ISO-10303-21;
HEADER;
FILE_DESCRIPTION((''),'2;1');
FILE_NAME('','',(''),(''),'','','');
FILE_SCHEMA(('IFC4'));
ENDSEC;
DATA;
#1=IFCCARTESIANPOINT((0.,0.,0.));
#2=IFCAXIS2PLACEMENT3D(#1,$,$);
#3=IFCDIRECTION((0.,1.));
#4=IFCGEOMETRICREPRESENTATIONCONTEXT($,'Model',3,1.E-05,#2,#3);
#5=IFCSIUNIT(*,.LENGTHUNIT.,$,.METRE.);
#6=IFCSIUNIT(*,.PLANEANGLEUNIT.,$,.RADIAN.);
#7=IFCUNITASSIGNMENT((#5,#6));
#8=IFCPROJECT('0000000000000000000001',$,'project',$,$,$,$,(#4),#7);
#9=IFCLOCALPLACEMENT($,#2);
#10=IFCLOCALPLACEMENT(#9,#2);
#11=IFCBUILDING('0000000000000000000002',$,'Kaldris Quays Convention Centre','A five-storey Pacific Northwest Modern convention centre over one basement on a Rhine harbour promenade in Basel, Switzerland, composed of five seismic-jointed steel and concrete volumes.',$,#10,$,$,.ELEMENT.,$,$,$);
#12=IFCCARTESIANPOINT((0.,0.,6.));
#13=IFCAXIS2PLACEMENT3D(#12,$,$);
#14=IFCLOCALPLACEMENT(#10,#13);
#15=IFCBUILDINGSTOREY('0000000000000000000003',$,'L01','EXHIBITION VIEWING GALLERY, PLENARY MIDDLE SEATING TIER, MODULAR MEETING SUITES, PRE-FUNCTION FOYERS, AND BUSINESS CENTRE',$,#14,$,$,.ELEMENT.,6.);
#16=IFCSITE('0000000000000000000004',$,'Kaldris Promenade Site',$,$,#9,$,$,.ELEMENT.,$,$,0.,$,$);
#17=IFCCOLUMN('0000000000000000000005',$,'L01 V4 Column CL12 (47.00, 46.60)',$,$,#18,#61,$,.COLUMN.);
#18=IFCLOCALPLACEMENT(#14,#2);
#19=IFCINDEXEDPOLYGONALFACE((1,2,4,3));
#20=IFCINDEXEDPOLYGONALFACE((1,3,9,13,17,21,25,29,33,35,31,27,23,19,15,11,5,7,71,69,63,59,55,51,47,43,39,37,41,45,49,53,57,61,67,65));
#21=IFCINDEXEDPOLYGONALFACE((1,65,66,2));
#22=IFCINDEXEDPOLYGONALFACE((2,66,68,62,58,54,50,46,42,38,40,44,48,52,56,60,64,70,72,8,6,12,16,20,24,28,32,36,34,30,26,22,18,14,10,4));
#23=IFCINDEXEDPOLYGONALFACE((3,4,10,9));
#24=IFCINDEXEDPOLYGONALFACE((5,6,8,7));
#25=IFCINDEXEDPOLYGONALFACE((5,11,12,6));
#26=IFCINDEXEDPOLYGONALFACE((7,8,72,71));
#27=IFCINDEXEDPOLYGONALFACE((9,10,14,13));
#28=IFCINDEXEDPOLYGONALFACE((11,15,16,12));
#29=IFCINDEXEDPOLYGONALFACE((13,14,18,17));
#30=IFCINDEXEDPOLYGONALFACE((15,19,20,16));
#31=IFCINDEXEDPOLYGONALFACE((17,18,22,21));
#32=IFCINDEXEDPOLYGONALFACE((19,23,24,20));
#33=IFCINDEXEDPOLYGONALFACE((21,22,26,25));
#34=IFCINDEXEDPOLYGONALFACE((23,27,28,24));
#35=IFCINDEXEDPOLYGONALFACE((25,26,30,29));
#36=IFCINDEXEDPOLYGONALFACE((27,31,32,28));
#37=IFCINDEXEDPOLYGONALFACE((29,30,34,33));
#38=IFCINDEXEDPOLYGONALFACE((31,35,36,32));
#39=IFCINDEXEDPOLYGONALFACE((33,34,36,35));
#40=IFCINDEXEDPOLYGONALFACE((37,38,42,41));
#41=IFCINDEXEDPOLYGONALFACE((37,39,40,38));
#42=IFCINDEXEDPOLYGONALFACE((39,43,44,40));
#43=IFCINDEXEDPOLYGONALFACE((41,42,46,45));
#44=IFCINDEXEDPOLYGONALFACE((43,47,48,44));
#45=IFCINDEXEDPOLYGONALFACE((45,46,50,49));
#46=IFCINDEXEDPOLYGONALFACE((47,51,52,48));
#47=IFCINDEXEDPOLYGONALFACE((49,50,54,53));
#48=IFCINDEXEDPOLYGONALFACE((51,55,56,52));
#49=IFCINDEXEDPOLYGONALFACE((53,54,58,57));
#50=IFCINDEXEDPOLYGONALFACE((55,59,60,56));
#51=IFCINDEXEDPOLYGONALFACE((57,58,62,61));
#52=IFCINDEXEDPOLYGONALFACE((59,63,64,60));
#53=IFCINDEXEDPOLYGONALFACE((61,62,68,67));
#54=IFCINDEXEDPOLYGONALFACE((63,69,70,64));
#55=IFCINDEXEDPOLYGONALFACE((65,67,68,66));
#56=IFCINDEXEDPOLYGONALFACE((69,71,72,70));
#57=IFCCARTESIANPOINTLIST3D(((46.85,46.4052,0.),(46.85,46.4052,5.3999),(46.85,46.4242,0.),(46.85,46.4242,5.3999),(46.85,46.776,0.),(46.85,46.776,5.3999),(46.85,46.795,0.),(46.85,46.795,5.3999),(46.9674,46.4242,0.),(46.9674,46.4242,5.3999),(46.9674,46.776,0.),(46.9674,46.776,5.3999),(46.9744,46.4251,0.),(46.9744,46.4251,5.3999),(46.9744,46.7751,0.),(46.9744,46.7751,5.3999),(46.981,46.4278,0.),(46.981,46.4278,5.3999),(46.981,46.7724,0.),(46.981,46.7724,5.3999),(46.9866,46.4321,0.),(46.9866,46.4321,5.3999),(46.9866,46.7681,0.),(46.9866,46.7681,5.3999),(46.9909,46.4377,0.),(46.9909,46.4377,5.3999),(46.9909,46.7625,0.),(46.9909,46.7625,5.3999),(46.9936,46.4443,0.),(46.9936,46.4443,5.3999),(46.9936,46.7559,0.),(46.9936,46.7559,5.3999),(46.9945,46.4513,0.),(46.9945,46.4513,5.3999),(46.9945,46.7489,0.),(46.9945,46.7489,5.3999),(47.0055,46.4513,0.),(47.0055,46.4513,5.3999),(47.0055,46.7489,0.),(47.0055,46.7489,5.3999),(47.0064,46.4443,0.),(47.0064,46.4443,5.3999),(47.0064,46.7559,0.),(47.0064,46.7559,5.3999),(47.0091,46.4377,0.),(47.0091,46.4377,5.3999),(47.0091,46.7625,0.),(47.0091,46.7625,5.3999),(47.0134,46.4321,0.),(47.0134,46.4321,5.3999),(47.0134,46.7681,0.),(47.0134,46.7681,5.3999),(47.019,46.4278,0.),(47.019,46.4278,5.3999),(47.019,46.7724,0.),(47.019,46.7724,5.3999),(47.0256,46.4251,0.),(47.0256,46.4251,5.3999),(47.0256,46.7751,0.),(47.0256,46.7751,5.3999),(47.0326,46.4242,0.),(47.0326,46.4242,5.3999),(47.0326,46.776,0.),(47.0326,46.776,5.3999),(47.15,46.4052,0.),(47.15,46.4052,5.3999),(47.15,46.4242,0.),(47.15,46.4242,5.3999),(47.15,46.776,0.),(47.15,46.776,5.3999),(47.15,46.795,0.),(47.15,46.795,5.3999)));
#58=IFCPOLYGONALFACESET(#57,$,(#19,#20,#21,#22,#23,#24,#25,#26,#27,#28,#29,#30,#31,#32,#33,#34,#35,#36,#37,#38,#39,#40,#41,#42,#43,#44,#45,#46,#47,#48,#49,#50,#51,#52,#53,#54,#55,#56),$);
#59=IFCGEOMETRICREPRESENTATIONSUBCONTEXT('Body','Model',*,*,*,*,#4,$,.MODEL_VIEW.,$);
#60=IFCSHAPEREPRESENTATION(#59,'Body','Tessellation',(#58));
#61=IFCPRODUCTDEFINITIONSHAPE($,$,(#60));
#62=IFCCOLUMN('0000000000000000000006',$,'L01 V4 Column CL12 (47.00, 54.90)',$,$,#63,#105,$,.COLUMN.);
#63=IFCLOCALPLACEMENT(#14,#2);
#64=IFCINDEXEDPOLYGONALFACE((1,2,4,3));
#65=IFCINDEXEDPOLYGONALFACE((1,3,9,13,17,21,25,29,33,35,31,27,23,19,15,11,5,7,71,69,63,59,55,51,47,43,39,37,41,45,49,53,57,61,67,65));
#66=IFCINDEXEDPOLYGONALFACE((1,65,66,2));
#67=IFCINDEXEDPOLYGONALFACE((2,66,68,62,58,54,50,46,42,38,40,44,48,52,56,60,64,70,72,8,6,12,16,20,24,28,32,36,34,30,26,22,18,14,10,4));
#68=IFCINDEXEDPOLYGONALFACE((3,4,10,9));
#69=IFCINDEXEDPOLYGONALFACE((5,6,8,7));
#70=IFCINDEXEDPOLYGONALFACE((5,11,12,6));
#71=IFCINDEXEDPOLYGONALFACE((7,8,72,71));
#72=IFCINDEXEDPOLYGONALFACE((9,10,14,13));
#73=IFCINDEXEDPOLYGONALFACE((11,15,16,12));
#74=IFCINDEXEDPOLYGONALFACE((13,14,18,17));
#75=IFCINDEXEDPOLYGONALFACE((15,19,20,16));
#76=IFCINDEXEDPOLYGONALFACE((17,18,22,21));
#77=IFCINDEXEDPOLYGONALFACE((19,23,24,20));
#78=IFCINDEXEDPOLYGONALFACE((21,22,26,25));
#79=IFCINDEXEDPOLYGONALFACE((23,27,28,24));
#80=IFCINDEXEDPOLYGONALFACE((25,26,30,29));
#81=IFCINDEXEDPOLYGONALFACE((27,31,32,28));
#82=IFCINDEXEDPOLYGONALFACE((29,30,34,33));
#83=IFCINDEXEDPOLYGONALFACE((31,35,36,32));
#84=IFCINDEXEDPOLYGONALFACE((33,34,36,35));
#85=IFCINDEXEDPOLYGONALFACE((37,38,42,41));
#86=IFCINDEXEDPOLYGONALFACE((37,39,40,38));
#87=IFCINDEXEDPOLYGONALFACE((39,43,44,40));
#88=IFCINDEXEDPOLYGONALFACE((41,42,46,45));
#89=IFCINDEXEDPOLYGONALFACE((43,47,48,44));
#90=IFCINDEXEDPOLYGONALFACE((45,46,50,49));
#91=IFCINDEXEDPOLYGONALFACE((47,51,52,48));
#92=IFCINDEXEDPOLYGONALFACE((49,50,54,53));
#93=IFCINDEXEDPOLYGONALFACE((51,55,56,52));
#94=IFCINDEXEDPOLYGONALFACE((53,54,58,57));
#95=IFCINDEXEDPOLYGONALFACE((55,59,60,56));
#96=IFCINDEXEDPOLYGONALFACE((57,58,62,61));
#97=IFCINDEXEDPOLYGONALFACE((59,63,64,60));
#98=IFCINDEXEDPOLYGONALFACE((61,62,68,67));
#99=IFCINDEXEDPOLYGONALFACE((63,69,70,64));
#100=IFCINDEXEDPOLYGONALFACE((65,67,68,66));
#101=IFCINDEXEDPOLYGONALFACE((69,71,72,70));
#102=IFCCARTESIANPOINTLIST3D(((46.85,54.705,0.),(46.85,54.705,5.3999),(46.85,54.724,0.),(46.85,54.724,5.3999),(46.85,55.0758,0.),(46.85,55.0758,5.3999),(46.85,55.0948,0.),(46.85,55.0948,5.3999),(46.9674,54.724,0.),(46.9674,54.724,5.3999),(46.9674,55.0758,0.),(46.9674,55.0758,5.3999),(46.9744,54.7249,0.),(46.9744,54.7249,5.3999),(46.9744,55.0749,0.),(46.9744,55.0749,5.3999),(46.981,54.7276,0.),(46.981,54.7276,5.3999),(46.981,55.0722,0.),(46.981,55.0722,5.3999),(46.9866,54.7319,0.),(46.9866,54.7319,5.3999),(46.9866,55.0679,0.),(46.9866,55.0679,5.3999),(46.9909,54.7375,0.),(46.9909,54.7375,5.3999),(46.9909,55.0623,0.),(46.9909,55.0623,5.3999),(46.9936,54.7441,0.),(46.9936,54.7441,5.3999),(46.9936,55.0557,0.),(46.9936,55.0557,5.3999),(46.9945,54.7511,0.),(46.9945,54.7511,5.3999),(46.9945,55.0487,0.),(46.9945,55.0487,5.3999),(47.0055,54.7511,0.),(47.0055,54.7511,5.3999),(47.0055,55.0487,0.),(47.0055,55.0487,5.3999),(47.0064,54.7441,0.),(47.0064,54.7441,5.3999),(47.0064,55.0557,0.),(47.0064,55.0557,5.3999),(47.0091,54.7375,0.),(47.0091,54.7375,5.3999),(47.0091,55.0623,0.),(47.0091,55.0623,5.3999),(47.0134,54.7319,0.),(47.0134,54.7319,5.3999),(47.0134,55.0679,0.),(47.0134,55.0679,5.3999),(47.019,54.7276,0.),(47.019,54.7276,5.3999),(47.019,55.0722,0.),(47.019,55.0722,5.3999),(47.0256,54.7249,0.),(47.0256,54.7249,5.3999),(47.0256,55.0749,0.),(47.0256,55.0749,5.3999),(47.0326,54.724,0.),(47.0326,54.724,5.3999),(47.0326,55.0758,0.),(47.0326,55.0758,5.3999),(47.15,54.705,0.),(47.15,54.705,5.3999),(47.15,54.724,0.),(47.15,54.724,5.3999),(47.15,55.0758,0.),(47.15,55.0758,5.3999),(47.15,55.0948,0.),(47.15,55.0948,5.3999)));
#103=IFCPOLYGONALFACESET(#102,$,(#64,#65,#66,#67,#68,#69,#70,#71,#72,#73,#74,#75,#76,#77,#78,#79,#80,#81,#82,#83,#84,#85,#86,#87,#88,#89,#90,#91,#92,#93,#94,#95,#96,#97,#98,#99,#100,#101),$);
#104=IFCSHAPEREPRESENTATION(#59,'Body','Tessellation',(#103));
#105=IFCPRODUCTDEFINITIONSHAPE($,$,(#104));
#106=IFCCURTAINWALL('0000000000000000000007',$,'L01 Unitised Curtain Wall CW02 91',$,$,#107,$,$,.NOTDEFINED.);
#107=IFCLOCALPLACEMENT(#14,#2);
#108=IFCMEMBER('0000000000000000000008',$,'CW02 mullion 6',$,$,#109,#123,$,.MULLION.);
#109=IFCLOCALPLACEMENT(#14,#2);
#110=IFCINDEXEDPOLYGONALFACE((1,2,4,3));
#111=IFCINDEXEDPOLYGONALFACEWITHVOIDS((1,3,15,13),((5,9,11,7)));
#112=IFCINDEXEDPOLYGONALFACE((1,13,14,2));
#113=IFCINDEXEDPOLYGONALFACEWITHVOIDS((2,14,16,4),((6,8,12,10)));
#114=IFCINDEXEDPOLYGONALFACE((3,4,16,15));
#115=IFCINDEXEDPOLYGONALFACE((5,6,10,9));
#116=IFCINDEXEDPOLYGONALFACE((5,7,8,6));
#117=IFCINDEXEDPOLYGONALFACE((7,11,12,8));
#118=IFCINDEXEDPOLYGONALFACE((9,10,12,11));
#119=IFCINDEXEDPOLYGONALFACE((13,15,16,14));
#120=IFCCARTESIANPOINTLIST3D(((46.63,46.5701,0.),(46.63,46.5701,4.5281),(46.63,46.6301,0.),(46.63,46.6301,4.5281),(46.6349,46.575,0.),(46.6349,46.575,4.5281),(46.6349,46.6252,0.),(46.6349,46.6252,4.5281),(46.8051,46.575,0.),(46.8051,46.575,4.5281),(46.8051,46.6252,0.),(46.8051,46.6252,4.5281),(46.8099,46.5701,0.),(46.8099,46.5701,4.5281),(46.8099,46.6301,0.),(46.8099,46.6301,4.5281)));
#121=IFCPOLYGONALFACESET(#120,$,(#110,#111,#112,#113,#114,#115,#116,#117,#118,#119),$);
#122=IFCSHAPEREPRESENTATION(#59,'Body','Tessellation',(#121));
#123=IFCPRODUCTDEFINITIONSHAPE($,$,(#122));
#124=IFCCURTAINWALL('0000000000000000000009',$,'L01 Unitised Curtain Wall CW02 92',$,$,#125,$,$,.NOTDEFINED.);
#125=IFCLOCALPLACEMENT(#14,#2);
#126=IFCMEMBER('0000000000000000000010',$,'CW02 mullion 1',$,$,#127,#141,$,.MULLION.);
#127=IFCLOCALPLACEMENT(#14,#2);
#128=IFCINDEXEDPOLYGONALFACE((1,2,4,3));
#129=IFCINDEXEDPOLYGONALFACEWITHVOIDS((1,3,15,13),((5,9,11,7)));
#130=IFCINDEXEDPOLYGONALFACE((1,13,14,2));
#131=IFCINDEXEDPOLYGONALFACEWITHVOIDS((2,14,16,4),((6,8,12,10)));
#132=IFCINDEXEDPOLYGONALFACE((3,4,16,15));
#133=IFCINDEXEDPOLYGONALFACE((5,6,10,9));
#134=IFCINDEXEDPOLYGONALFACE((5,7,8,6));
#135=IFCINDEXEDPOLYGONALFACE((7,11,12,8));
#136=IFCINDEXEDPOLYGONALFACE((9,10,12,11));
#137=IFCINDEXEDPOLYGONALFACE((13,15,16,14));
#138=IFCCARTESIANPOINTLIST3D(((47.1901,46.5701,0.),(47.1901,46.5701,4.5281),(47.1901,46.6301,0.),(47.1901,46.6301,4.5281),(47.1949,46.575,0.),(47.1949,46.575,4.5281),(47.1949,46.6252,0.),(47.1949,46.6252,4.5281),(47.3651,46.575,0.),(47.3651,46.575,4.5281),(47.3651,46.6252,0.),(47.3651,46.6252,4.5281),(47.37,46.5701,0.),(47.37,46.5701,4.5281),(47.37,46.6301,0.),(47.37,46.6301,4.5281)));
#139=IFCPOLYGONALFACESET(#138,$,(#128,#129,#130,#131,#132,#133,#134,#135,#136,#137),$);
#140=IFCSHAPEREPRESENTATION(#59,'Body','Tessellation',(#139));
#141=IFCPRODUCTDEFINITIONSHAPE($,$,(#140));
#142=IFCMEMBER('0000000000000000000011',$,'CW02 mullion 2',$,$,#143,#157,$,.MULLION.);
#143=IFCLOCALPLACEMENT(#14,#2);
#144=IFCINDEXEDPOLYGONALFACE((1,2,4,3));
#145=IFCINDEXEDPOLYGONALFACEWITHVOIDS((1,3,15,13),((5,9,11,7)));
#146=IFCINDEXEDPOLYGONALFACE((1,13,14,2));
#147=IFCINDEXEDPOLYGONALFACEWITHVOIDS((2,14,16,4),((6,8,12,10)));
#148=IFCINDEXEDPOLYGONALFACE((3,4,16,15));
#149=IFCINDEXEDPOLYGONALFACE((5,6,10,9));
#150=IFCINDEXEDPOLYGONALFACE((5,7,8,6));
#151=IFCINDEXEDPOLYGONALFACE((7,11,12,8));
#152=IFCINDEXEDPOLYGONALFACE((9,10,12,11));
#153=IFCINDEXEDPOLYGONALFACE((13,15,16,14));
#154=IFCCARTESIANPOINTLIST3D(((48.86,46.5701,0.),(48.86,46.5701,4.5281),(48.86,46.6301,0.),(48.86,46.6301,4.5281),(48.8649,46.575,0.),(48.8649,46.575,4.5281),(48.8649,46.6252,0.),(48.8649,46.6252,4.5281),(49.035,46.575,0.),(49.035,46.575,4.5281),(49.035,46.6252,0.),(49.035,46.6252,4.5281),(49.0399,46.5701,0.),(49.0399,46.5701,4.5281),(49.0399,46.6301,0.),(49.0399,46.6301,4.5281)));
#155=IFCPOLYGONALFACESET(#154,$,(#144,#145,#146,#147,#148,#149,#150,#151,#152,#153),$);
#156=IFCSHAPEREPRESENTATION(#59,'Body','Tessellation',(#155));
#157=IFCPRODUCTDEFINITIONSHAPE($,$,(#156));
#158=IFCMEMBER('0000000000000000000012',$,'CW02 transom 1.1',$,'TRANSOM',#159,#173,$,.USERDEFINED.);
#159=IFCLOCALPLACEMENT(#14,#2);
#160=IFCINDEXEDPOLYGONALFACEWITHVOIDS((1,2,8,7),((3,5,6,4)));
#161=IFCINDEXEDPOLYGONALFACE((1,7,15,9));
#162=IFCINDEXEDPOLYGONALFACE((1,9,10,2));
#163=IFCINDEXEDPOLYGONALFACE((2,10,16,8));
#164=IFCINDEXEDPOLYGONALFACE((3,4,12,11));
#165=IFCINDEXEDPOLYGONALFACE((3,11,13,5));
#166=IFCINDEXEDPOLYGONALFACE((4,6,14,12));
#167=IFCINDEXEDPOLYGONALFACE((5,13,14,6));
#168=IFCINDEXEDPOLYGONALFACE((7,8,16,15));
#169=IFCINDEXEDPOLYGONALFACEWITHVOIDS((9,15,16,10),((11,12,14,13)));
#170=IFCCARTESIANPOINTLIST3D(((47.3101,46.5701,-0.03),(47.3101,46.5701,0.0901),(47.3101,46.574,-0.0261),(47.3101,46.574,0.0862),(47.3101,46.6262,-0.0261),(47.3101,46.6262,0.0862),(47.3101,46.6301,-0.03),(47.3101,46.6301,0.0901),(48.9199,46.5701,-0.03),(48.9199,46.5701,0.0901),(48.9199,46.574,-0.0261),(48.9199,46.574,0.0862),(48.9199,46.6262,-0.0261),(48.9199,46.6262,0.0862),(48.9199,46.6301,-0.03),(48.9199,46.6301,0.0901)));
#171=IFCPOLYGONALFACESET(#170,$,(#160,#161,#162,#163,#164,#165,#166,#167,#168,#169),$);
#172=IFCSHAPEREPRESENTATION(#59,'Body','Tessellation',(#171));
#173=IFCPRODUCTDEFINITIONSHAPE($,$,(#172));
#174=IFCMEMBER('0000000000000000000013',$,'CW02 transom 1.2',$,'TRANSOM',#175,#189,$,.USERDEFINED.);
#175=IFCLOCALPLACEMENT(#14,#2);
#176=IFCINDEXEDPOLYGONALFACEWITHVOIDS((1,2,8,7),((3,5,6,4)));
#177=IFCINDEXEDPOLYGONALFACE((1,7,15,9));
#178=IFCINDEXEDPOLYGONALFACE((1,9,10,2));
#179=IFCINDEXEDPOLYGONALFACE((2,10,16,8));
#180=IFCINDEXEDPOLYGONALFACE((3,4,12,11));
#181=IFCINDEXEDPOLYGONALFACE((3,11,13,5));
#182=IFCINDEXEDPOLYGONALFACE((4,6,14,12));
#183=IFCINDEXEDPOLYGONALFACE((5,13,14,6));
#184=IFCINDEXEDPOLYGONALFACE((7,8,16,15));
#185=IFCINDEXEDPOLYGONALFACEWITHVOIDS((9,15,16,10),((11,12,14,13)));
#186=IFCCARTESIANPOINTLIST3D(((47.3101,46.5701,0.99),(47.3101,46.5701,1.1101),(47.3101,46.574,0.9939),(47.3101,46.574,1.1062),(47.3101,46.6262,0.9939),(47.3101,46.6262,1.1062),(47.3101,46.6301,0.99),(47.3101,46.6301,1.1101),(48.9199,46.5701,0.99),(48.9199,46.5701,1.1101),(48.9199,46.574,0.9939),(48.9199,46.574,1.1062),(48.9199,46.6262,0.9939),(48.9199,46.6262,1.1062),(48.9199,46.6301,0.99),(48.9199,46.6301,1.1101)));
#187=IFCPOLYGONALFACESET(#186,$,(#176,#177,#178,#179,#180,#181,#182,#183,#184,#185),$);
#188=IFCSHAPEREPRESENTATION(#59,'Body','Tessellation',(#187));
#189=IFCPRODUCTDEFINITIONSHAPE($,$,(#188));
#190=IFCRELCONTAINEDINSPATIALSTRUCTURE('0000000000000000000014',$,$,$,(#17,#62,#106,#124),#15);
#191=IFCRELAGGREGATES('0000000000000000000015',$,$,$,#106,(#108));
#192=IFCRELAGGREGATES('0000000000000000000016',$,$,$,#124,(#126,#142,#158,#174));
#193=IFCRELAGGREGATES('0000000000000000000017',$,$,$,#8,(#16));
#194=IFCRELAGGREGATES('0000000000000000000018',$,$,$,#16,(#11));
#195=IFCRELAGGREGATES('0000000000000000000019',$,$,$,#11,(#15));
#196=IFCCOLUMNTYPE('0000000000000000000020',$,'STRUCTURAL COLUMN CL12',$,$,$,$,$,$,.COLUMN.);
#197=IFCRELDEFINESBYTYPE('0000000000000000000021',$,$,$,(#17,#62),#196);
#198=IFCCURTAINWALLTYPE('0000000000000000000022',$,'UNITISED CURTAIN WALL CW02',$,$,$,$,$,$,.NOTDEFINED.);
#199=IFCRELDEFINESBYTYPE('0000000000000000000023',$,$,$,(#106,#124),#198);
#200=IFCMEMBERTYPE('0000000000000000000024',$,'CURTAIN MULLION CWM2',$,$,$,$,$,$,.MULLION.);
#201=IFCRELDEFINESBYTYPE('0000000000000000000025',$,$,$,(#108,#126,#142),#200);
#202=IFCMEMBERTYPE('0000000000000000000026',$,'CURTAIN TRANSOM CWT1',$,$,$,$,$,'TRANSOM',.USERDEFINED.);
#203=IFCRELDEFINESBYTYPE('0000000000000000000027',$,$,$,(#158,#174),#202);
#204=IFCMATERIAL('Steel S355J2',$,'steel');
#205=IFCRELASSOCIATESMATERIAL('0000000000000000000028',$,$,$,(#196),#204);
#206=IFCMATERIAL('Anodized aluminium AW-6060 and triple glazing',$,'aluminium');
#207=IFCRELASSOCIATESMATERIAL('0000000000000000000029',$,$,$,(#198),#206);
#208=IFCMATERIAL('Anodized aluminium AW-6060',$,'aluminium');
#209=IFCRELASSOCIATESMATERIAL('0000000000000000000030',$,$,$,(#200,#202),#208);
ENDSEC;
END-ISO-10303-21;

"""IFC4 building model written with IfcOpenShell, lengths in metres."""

from ifc_helpers import new_model, si_unit, direction, frame, origin, origin_2d, place, context, subcontext, project, spatial, hollow_rectangle, i_section, extrude, material, material_profile, profile_set, type_object, element, aggregate, save


model = new_model("IFC4")

# Units and contexts
model_context = context("Model", 3, precision=1e-05, world=origin(), true_north=direction((0.0, 1.0)))
body_context = subcontext(model_context, "Body", "Model", "MODEL_VIEW")
ifc_project = project(units=[si_unit("LENGTHUNIT", "METRE"), si_unit("PLANEANGLEUNIT", "RADIAN")], contexts=[model_context])

# Site, building, storey
site_placement = place(None, origin())
site = spatial("IfcSite", under=ifc_project, at=site_placement, Name="Kaldris Promenade Site", CompositionType="ELEMENT", RefElevation=0.0)
building_placement = place(site_placement, origin())
building = spatial("IfcBuilding", under=site, at=building_placement, Name="Kaldris Quays Convention Centre", Description="A five-storey Pacific Northwest Modern convention centre over one basement on a Rhine harbour promenade in Basel, Switzerland, composed of five seismic-jointed steel and concrete volumes.", CompositionType="ELEMENT")
storey_placement = place(building_placement, frame((0.0, 0.0, 6.0)))
storey = spatial("IfcBuildingStorey", under=building, at=storey_placement, Name="L01", Description="EXHIBITION VIEWING GALLERY, PLENARY MIDDLE SEATING TIER, MODULAR MEETING SUITES, PRE-FUNCTION FOYERS, AND BUSINESS CENTRE", CompositionType="ELEMENT", Elevation=6.0)

# Columns
ifc_material_1 = material(Name="Steel S355J2", Category="steel")
ifc_material_profile_1 = material_profile(ifc_material_1, i_section(OverallWidth=0.3, OverallDepth=0.3899, WebThickness=0.011, FlangeThickness=0.019, FilletRadius=0.0271, at=origin_2d()), Name="HEA 400")
ifc_profile_set_1 = profile_set([ifc_material_profile_1], Name="Steel S355J2")
column_type = type_object("IfcColumnType", Name="STRUCTURAL COLUMN CL12", PredefinedType="COLUMN", material=ifc_profile_set_1)
for number, where, z_axis, x_axis, name in (
    (1, (47.0, 46.6001, 0.0), (0.0, 0.0, 1.0), (1.0, 0.0, 0.0), "L01 V4 Column CL12 (47.00, 46.60)"),
    (2, (47.0, 54.8999, 0.0), (0.0, 0.0, 1.0), (1.0, 0.0, 0.0), "L01 V4 Column CL12 (47.00, 54.90)"),
):
    element("IfcColumn", number, at=place(storey_placement, frame(where, z_axis=z_axis, x_axis=x_axis)), inside=storey, type_object=column_type, Name=name, PredefinedType="COLUMN", context=body_context, shape_type="SweptSolid", body=[
        extrude(i_section(OverallWidth=0.3, OverallDepth=0.3899, WebThickness=0.011, FlangeThickness=0.019, FilletRadius=0.0271, at=origin_2d()), origin(), (0.0, 0.0, 1.0), 5.3999),
    ])

# Curtain wall, member
ifc_material_2 = material(Name="Anodized aluminium AW-6060 and triple glazing", Category="aluminium")
curtain_wall_type = type_object("IfcCurtainWallType", Name="UNITISED CURTAIN WALL CW02", PredefinedType="NOTDEFINED", material=ifc_material_2)
curtain_wall_1_placement = place(storey_placement, origin())
curtain_wall_1 = element("IfcCurtainWall", 3, at=curtain_wall_1_placement, inside=storey, type_object=curtain_wall_type, Name="L01 Unitised Curtain Wall CW02 91", PredefinedType="NOTDEFINED")
ifc_material_3 = material(Name="Anodized aluminium AW-6060", Category="aluminium")
ifc_material_profile_2 = material_profile(ifc_material_3, hollow_rectangle(XDim=0.0601, YDim=0.1799, WallThickness=0.0049, at=origin_2d()), Name="RHS 180x60x5")
ifc_profile_set_2 = profile_set([ifc_material_profile_2], Name="Anodized aluminium AW-6060")
member_type_1 = type_object("IfcMemberType", Name="CURTAIN MULLION CWM2", PredefinedType="MULLION", material=ifc_profile_set_2)
member_1_placement = place(storey_placement, frame((46.72, 46.6001, 0.0), z_axis=(0.0, 0.0, 1.0), x_axis=(0.0, 1.0, 0.0)))
member_1 = element("IfcMember", 4, at=member_1_placement, type_object=member_type_1, Name="CW02 mullion 6", PredefinedType="MULLION", context=body_context, shape_type="SweptSolid", body=[
    extrude(hollow_rectangle(XDim=0.0601, YDim=0.1799, WallThickness=0.0049, at=origin_2d()), origin(), (0.0, 0.0, 1.0), 4.5281),
])
aggregate(curtain_wall_1, [member_1])

# Curtain wall, members
curtain_wall_2_placement = place(storey_placement, origin())
curtain_wall_2 = element("IfcCurtainWall", 5, at=curtain_wall_2_placement, inside=storey, type_object=curtain_wall_type, Name="L01 Unitised Curtain Wall CW02 92", PredefinedType="NOTDEFINED")
member_2_placement = place(storey_placement, frame((47.28, 46.6001, 0.0), z_axis=(0.0, 0.0, 1.0), x_axis=(0.0, 1.0, 0.0)))
member_2 = element("IfcMember", 6, at=member_2_placement, type_object=member_type_1, Name="CW02 mullion 1", PredefinedType="MULLION", context=body_context, shape_type="SweptSolid", body=[
    extrude(hollow_rectangle(XDim=0.0601, YDim=0.1799, WallThickness=0.0049, at=origin_2d()), origin(), (0.0, 0.0, 1.0), 4.5281),
])
member_3_placement = place(storey_placement, frame((48.95, 46.6001, 0.0), z_axis=(0.0, 0.0, 1.0), x_axis=(0.0, 1.0, 0.0)))
member_3 = element("IfcMember", 7, at=member_3_placement, type_object=member_type_1, Name="CW02 mullion 2", PredefinedType="MULLION", context=body_context, shape_type="SweptSolid", body=[
    extrude(hollow_rectangle(XDim=0.0601, YDim=0.1799, WallThickness=0.0049, at=origin_2d()), origin(), (0.0, 0.0, 1.0), 4.5281),
])
ifc_material_profile_3 = material_profile(ifc_material_3, hollow_rectangle(XDim=0.0601, YDim=0.1201, WallThickness=0.0039, at=origin_2d()), Name="RHS 120x60x4")
ifc_profile_set_3 = profile_set([ifc_material_profile_3], Name="Anodized aluminium AW-6060")
member_type_2 = type_object("IfcMemberType", Name="CURTAIN TRANSOM CWT1", ElementType="TRANSOM", PredefinedType="USERDEFINED", material=ifc_profile_set_3)
member_4_placement = place(storey_placement, frame((47.3101, 46.6001, 0.03), z_axis=(1.0, 0.0, 0.0), x_axis=(0.0, 1.0, 0.0)))
member_4 = element("IfcMember", 8, at=member_4_placement, type_object=member_type_2, Name="CW02 transom 1.1", ObjectType="TRANSOM", PredefinedType="USERDEFINED", context=body_context, shape_type="SweptSolid", body=[
    extrude(hollow_rectangle(XDim=0.0601, YDim=0.1201, WallThickness=0.0039, at=origin_2d()), origin(), (0.0, 0.0, 1.0), 1.6099),
])
member_5_placement = place(storey_placement, frame((47.3101, 46.6001, 1.05), z_axis=(1.0, 0.0, 0.0), x_axis=(0.0, 1.0, 0.0)))
member_5 = element("IfcMember", 9, at=member_5_placement, type_object=member_type_2, Name="CW02 transom 1.2", ObjectType="TRANSOM", PredefinedType="USERDEFINED", context=body_context, shape_type="SweptSolid", body=[
    extrude(hollow_rectangle(XDim=0.0601, YDim=0.1201, WallThickness=0.0039, at=origin_2d()), origin(), (0.0, 0.0, 1.0), 1.6099),
])
aggregate(curtain_wall_2, [member_2, member_3, member_4, member_5])

save(model, "model.ifc")
